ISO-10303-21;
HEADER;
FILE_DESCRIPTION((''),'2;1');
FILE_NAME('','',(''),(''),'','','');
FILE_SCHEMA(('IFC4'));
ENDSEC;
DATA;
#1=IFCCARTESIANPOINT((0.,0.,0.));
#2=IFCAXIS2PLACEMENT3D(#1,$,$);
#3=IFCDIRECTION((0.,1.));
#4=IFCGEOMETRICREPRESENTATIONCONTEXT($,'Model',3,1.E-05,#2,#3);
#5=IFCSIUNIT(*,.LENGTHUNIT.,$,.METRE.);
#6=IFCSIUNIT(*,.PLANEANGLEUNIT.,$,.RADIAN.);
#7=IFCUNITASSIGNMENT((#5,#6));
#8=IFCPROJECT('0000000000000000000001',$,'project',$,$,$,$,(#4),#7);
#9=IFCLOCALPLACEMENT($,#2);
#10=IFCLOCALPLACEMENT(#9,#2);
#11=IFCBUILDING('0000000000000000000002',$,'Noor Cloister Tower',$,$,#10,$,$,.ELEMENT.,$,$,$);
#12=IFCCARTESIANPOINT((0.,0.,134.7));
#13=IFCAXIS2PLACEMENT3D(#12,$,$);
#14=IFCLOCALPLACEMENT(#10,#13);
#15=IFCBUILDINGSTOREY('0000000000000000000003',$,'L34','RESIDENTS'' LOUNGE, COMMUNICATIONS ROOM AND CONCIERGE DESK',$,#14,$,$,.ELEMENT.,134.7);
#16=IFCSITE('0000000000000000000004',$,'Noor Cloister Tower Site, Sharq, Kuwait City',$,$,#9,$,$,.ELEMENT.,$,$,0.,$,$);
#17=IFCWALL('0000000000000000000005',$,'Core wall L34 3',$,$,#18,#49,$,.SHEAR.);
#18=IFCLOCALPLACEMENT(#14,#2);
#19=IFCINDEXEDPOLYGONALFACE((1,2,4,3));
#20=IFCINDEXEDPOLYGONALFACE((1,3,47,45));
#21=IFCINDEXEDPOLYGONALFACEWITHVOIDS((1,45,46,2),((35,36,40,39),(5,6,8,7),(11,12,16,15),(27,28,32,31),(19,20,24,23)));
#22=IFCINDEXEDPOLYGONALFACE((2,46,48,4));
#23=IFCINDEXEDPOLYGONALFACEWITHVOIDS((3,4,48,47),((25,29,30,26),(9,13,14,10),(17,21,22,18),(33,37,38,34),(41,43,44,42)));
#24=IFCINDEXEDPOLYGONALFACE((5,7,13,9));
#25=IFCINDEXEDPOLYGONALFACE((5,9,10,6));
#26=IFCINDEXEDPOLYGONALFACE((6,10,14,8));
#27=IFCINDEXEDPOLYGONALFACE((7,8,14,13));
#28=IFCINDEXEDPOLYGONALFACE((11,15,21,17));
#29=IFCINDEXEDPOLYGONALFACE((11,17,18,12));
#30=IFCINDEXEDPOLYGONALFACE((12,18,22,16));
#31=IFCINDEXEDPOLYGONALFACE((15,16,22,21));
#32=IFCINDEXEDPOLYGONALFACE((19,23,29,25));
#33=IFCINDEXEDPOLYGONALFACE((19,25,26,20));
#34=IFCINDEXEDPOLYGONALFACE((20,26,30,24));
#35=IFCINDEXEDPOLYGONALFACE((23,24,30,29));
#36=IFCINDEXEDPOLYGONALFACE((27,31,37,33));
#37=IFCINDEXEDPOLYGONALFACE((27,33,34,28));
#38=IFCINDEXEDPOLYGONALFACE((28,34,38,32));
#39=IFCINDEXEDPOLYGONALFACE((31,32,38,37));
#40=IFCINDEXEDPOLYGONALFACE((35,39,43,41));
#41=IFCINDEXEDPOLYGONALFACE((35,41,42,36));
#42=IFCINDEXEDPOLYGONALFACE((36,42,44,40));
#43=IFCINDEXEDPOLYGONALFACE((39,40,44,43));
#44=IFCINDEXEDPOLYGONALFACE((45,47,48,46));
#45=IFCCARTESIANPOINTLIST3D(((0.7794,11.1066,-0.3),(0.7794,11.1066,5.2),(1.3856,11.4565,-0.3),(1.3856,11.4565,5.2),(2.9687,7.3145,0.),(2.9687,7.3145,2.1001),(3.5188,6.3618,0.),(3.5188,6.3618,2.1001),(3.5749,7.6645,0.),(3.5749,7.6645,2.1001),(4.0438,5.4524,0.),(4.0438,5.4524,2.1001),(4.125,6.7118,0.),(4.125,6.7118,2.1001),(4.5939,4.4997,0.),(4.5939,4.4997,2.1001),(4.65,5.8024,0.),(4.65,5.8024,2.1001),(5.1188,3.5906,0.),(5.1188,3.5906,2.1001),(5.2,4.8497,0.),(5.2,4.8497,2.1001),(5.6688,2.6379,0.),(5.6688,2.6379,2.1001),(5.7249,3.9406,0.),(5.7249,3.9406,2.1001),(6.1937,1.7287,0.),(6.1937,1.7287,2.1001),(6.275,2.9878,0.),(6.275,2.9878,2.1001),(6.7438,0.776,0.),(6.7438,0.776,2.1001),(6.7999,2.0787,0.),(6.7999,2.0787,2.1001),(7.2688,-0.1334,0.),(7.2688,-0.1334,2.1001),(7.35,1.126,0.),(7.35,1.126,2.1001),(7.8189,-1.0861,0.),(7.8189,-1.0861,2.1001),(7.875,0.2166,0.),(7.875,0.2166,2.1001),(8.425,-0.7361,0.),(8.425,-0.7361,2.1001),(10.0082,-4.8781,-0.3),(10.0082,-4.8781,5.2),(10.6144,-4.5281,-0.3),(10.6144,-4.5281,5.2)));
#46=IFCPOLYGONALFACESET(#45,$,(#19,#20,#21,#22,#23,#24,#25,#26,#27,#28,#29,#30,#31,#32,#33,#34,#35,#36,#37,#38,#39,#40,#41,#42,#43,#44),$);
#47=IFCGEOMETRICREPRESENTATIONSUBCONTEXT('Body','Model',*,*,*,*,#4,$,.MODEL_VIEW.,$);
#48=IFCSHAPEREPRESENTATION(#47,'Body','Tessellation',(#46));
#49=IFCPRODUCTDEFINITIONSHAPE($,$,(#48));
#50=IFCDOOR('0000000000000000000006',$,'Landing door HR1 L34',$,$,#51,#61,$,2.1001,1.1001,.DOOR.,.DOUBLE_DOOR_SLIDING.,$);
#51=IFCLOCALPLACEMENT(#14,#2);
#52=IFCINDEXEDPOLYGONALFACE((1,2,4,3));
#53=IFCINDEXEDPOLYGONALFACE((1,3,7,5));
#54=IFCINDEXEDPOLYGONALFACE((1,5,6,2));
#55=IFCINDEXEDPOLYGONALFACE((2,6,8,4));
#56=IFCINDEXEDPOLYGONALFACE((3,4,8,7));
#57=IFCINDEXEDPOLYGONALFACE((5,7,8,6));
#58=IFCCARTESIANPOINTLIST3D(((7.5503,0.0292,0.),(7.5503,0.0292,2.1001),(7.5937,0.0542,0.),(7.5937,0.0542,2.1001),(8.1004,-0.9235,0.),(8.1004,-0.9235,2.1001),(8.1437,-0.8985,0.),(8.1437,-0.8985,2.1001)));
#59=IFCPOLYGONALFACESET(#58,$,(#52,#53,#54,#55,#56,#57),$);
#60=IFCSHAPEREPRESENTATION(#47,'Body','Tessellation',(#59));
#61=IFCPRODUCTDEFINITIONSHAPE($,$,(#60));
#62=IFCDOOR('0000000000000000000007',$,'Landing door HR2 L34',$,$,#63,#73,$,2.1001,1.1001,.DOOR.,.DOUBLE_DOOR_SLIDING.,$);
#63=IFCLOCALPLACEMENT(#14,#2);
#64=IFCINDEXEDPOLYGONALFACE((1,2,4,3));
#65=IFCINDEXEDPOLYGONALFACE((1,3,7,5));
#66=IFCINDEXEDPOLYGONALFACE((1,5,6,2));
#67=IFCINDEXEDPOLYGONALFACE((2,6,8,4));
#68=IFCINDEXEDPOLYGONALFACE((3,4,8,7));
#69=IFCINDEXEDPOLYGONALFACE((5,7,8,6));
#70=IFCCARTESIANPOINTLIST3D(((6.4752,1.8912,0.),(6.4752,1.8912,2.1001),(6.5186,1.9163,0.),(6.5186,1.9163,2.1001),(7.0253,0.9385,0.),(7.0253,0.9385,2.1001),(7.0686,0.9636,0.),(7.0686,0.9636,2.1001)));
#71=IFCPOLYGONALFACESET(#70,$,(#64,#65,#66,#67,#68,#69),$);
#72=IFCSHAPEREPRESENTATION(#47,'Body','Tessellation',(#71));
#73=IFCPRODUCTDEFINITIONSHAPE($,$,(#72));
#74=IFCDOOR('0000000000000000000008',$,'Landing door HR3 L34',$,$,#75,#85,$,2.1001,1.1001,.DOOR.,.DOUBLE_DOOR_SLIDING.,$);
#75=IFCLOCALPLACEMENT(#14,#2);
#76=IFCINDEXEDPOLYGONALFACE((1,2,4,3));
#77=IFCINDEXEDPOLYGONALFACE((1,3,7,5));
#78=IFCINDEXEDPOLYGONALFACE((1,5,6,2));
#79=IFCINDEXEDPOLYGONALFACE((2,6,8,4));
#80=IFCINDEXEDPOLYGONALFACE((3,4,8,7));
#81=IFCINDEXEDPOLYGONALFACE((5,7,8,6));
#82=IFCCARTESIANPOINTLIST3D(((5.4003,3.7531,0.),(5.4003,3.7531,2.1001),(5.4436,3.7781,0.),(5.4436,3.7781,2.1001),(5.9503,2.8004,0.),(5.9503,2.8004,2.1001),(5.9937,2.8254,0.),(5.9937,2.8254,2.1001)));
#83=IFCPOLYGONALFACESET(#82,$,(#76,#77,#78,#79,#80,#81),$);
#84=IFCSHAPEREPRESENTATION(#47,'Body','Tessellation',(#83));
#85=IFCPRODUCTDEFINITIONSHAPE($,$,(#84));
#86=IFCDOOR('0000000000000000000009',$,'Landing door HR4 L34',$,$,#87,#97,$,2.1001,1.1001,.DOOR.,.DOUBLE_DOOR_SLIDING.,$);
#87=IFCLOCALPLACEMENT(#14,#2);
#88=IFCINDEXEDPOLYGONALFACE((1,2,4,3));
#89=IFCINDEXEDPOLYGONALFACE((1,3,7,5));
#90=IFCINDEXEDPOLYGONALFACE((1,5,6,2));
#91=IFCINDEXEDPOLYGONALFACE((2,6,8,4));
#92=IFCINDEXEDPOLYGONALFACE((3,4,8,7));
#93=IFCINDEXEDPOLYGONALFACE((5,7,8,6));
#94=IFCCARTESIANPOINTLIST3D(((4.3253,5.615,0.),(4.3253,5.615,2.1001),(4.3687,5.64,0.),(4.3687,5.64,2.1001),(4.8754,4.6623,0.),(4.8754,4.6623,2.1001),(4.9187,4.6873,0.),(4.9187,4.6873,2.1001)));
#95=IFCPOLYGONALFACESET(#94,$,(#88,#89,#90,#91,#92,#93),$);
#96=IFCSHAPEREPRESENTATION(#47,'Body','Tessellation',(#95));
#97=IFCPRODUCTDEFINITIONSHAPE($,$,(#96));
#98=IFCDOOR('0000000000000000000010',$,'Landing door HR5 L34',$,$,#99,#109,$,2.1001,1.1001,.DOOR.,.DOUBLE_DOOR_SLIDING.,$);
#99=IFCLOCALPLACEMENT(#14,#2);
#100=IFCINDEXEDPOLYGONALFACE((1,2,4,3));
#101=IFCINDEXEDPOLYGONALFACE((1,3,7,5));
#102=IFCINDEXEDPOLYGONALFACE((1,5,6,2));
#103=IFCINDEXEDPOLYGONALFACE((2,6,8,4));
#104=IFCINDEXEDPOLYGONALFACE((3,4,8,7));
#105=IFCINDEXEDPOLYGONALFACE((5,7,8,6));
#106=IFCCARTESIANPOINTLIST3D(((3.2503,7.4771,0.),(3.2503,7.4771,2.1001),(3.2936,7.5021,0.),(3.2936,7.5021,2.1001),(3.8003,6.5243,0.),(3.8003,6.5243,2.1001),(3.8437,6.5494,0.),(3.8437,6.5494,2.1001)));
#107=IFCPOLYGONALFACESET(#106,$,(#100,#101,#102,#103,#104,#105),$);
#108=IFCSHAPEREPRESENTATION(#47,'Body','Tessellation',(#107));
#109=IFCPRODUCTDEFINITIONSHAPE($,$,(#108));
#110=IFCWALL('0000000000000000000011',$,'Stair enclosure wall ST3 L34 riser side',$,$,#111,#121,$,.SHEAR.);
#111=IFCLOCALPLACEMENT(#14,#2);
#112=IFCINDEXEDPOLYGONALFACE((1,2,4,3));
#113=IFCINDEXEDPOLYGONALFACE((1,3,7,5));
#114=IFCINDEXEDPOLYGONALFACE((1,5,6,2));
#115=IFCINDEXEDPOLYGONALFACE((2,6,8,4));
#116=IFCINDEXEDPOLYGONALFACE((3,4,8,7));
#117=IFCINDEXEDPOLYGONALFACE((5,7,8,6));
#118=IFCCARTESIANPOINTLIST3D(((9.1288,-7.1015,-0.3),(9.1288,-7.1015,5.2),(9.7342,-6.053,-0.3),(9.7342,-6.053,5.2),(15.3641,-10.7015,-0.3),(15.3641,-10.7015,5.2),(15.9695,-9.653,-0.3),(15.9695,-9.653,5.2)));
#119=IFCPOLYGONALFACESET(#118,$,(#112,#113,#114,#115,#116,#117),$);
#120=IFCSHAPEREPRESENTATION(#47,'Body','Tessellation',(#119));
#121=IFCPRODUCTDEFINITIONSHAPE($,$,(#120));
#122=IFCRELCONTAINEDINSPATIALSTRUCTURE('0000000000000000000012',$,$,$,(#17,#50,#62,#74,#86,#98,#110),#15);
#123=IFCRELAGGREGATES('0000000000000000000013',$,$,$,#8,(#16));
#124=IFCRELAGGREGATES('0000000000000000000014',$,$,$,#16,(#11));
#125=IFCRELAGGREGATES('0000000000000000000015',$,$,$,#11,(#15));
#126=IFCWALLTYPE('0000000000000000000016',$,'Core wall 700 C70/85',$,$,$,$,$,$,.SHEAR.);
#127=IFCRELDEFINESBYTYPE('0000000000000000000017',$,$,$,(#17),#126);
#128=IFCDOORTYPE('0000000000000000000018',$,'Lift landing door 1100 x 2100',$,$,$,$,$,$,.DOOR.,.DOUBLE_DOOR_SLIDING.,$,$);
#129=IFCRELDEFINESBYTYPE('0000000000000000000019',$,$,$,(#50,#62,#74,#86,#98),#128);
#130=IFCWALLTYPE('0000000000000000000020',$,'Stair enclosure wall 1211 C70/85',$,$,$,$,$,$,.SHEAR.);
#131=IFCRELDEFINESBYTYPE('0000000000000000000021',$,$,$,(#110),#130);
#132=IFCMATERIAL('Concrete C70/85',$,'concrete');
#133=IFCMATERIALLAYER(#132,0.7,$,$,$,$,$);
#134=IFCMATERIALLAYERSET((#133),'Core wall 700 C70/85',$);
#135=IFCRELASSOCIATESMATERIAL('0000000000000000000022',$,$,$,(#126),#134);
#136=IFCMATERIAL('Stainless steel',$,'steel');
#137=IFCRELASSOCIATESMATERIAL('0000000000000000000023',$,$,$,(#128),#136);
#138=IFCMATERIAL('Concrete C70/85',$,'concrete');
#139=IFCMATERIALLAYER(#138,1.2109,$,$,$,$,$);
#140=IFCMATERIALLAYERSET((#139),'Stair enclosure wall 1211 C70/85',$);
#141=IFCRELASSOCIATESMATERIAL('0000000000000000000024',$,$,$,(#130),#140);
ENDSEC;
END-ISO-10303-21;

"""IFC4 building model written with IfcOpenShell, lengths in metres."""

from ifc_helpers import new_model, si_unit, direction, frame, frame_2d, origin, place, context, subcontext, project, spatial, rectangle, extrude, material, layer, layer_set, type_object, element, fill, save


model = new_model("IFC4")

# Units and contexts
model_context = context("Model", 3, precision=1e-05, world=origin(), true_north=direction((0.0, 1.0)))
body_context = subcontext(model_context, "Body", "Model", "MODEL_VIEW")
ifc_project = project(units=[si_unit("LENGTHUNIT", "METRE"), si_unit("PLANEANGLEUNIT", "RADIAN")], contexts=[model_context])

# Site, building, storey
site_placement = place(None, origin())
site = spatial("IfcSite", under=ifc_project, at=site_placement, Name="Noor Cloister Tower Site, Sharq, Kuwait City", CompositionType="ELEMENT", RefElevation=0.0)
building_placement = place(site_placement, origin())
building = spatial("IfcBuilding", under=site, at=building_placement, Name="Noor Cloister Tower", CompositionType="ELEMENT")
storey_placement = place(building_placement, frame((0.0, 0.0, 134.7)))
storey = spatial("IfcBuildingStorey", under=building, at=storey_placement, Name="L34", Description="RESIDENTS' LOUNGE, COMMUNICATIONS ROOM AND CONCIERGE DESK", CompositionType="ELEMENT", Elevation=134.7)

# Wall, openings, doors
ifc_material_1 = material(Name="Concrete C70/85", Category="concrete")
ifc_layer_1 = layer(ifc_material_1, 0.7)
ifc_layer_set_1 = layer_set([ifc_layer_1], Name="Core wall 700 C70/85")
wall_type_1 = type_object("IfcWallType", Name="Core wall 700 C70/85", PredefinedType="SHEAR", material=ifc_layer_set_1)
wall_1_placement = place(storey_placement, frame((10.3113, -4.7031, -0.3), z_axis=(0.0, 0.0, 1.0), x_axis=(-0.500001, 0.866025, 0.0)))
wall_1 = element("IfcWall", 1, at=wall_1_placement, inside=storey, type_object=wall_type_1, Name="Core wall L34 3", PredefinedType="SHEAR", context=body_context, shape_type="SweptSolid", body=[
    extrude(rectangle(XDim=18.4575, YDim=0.7, at=frame_2d((9.2288, 0.0))), origin(), (0.0, 0.0, 1.0), 5.5),
])
opening_1_placement = place(wall_1_placement, frame((4.3787, 0.0, 0.3)))
opening_1 = element("IfcOpeningElement", 2, at=opening_1_placement, cuts=wall_1, PredefinedType="OPENING", context=body_context, shape_type="SweptSolid", body=[
    extrude(rectangle(XDim=1.1001, YDim=2.1001, at=frame_2d((0.55, 1.05))), frame((0.0, 0.3599, 0.0), z_axis=(0.0, -1.0, 0.0), x_axis=(1.0, 0.0, 0.0)), (0.0, 0.0, 1.0), 0.72),
])
opening_2_placement = place(wall_1_placement, frame((6.5288, 0.0, 0.3)))
opening_2 = element("IfcOpeningElement", 3, at=opening_2_placement, cuts=wall_1, PredefinedType="OPENING", context=body_context, shape_type="SweptSolid", body=[
    extrude(rectangle(XDim=1.1001, YDim=2.1001, at=frame_2d((0.55, 1.05))), frame((0.0, 0.3599, 0.0), z_axis=(0.0, -1.0, 0.0), x_axis=(1.0, 0.0, 0.0)), (0.0, 0.0, 1.0), 0.72),
])
opening_3_placement = place(wall_1_placement, frame((8.6787, 0.0, 0.3)))
opening_3 = element("IfcOpeningElement", 4, at=opening_3_placement, cuts=wall_1, PredefinedType="OPENING", context=body_context, shape_type="SweptSolid", body=[
    extrude(rectangle(XDim=1.1001, YDim=2.1001, at=frame_2d((0.55, 1.05))), frame((0.0, 0.3599, 0.0), z_axis=(0.0, -1.0, 0.0), x_axis=(1.0, 0.0, 0.0)), (0.0, 0.0, 1.0), 0.72),
])
opening_4_placement = place(wall_1_placement, frame((10.8286, 0.0, 0.3)))
opening_4 = element("IfcOpeningElement", 5, at=opening_4_placement, cuts=wall_1, PredefinedType="OPENING", context=body_context, shape_type="SweptSolid", body=[
    extrude(rectangle(XDim=1.1001, YDim=2.1001, at=frame_2d((0.55, 1.05))), frame((0.0, 0.3599, 0.0), z_axis=(0.0, -1.0, 0.0), x_axis=(1.0, 0.0, 0.0)), (0.0, 0.0, 1.0), 0.72),
])
opening_5_placement = place(wall_1_placement, frame((12.9788, 0.0, 0.3)))
opening_5 = element("IfcOpeningElement", 6, at=opening_5_placement, cuts=wall_1, PredefinedType="OPENING", context=body_context, shape_type="SweptSolid", body=[
    extrude(rectangle(XDim=1.1001, YDim=2.1001, at=frame_2d((0.55, 1.05))), frame((0.0, 0.3599, 0.0), z_axis=(0.0, -1.0, 0.0), x_axis=(1.0, 0.0, 0.0)), (0.0, 0.0, 1.0), 0.72),
])
ifc_material_2 = material(Name="Stainless steel", Category="steel")
door_type = type_object("IfcDoorType", Name="Lift landing door 1100 x 2100", OperationType="DOUBLE_DOOR_SLIDING", PredefinedType="DOOR", material=ifc_material_2)
door_1_placement = place(opening_1_placement, origin())
door_1 = element("IfcDoor", 7, at=door_1_placement, inside=storey, type_object=door_type, Name="Landing door HR1 L34", OperationType="DOUBLE_DOOR_SLIDING", OverallHeight=2.1001, OverallWidth=1.1001, PredefinedType="DOOR", context=body_context, shape_type="SweptSolid", body=[
    extrude(rectangle(XDim=1.1001, YDim=2.1001, at=frame_2d((0.55, 1.05))), frame((0.0, 0.0249, 0.0), z_axis=(0.0, -1.0, 0.0), x_axis=(1.0, 0.0, 0.0)), (0.0, 0.0, 1.0), 0.05),
])
fill(opening_1, door_1)
door_2_placement = place(opening_2_placement, origin())
door_2 = element("IfcDoor", 8, at=door_2_placement, inside=storey, type_object=door_type, Name="Landing door HR2 L34", OperationType="DOUBLE_DOOR_SLIDING", OverallHeight=2.1001, OverallWidth=1.1001, PredefinedType="DOOR", context=body_context, shape_type="SweptSolid", body=[
    extrude(rectangle(XDim=1.1001, YDim=2.1001, at=frame_2d((0.55, 1.05))), frame((0.0, 0.0249, 0.0), z_axis=(0.0, -1.0, 0.0), x_axis=(1.0, 0.0, 0.0)), (0.0, 0.0, 1.0), 0.05),
])
fill(opening_2, door_2)
door_3_placement = place(opening_3_placement, origin())
door_3 = element("IfcDoor", 9, at=door_3_placement, inside=storey, type_object=door_type, Name="Landing door HR3 L34", OperationType="DOUBLE_DOOR_SLIDING", OverallHeight=2.1001, OverallWidth=1.1001, PredefinedType="DOOR", context=body_context, shape_type="SweptSolid", body=[
    extrude(rectangle(XDim=1.1001, YDim=2.1001, at=frame_2d((0.55, 1.05))), frame((0.0, 0.0249, 0.0), z_axis=(0.0, -1.0, 0.0), x_axis=(1.0, 0.0, 0.0)), (0.0, 0.0, 1.0), 0.05),
])
fill(opening_3, door_3)
door_4_placement = place(opening_4_placement, origin())
door_4 = element("IfcDoor", 10, at=door_4_placement, inside=storey, type_object=door_type, Name="Landing door HR4 L34", OperationType="DOUBLE_DOOR_SLIDING", OverallHeight=2.1001, OverallWidth=1.1001, PredefinedType="DOOR", context=body_context, shape_type="SweptSolid", body=[
    extrude(rectangle(XDim=1.1001, YDim=2.1001, at=frame_2d((0.55, 1.05))), frame((0.0, 0.0249, 0.0), z_axis=(0.0, -1.0, 0.0), x_axis=(1.0, 0.0, 0.0)), (0.0, 0.0, 1.0), 0.05),
])
fill(opening_4, door_4)
door_5_placement = place(opening_5_placement, origin())
door_5 = element("IfcDoor", 11, at=door_5_placement, inside=storey, type_object=door_type, Name="Landing door HR5 L34", OperationType="DOUBLE_DOOR_SLIDING", OverallHeight=2.1001, OverallWidth=1.1001, PredefinedType="DOOR", context=body_context, shape_type="SweptSolid", body=[
    extrude(rectangle(XDim=1.1001, YDim=2.1001, at=frame_2d((0.55, 1.05))), frame((0.0, 0.0249, 0.0), z_axis=(0.0, -1.0, 0.0), x_axis=(1.0, 0.0, 0.0)), (0.0, 0.0, 1.0), 0.05),
])
fill(opening_5, door_5)

# Wall
ifc_material_3 = material(Name="Concrete C70/85", Category="concrete")
ifc_layer_2 = layer(ifc_material_3, 1.2109)
ifc_layer_set_2 = layer_set([ifc_layer_2], Name="Stair enclosure wall 1211 C70/85")
wall_type_2 = type_object("IfcWallType", Name="Stair enclosure wall 1211 C70/85", PredefinedType="SHEAR", material=ifc_layer_set_2)
wall_2_placement = place(storey_placement, frame((9.4314, -6.5771, -0.3), z_axis=(0.0, 0.0, 1.0), x_axis=(0.866018, -0.500012, 0.0)))
element("IfcWall", 12, at=wall_2_placement, inside=storey, type_object=wall_type_2, Name="Stair enclosure wall ST3 L34 riser side", PredefinedType="SHEAR", context=body_context, shape_type="SweptSolid", body=[
    extrude(rectangle(XDim=7.2, YDim=1.2107, at=frame_2d((3.6001, 0.0))), origin(), (0.0, 0.0, 1.0), 5.5),
])

save(model, "model.ifc")
